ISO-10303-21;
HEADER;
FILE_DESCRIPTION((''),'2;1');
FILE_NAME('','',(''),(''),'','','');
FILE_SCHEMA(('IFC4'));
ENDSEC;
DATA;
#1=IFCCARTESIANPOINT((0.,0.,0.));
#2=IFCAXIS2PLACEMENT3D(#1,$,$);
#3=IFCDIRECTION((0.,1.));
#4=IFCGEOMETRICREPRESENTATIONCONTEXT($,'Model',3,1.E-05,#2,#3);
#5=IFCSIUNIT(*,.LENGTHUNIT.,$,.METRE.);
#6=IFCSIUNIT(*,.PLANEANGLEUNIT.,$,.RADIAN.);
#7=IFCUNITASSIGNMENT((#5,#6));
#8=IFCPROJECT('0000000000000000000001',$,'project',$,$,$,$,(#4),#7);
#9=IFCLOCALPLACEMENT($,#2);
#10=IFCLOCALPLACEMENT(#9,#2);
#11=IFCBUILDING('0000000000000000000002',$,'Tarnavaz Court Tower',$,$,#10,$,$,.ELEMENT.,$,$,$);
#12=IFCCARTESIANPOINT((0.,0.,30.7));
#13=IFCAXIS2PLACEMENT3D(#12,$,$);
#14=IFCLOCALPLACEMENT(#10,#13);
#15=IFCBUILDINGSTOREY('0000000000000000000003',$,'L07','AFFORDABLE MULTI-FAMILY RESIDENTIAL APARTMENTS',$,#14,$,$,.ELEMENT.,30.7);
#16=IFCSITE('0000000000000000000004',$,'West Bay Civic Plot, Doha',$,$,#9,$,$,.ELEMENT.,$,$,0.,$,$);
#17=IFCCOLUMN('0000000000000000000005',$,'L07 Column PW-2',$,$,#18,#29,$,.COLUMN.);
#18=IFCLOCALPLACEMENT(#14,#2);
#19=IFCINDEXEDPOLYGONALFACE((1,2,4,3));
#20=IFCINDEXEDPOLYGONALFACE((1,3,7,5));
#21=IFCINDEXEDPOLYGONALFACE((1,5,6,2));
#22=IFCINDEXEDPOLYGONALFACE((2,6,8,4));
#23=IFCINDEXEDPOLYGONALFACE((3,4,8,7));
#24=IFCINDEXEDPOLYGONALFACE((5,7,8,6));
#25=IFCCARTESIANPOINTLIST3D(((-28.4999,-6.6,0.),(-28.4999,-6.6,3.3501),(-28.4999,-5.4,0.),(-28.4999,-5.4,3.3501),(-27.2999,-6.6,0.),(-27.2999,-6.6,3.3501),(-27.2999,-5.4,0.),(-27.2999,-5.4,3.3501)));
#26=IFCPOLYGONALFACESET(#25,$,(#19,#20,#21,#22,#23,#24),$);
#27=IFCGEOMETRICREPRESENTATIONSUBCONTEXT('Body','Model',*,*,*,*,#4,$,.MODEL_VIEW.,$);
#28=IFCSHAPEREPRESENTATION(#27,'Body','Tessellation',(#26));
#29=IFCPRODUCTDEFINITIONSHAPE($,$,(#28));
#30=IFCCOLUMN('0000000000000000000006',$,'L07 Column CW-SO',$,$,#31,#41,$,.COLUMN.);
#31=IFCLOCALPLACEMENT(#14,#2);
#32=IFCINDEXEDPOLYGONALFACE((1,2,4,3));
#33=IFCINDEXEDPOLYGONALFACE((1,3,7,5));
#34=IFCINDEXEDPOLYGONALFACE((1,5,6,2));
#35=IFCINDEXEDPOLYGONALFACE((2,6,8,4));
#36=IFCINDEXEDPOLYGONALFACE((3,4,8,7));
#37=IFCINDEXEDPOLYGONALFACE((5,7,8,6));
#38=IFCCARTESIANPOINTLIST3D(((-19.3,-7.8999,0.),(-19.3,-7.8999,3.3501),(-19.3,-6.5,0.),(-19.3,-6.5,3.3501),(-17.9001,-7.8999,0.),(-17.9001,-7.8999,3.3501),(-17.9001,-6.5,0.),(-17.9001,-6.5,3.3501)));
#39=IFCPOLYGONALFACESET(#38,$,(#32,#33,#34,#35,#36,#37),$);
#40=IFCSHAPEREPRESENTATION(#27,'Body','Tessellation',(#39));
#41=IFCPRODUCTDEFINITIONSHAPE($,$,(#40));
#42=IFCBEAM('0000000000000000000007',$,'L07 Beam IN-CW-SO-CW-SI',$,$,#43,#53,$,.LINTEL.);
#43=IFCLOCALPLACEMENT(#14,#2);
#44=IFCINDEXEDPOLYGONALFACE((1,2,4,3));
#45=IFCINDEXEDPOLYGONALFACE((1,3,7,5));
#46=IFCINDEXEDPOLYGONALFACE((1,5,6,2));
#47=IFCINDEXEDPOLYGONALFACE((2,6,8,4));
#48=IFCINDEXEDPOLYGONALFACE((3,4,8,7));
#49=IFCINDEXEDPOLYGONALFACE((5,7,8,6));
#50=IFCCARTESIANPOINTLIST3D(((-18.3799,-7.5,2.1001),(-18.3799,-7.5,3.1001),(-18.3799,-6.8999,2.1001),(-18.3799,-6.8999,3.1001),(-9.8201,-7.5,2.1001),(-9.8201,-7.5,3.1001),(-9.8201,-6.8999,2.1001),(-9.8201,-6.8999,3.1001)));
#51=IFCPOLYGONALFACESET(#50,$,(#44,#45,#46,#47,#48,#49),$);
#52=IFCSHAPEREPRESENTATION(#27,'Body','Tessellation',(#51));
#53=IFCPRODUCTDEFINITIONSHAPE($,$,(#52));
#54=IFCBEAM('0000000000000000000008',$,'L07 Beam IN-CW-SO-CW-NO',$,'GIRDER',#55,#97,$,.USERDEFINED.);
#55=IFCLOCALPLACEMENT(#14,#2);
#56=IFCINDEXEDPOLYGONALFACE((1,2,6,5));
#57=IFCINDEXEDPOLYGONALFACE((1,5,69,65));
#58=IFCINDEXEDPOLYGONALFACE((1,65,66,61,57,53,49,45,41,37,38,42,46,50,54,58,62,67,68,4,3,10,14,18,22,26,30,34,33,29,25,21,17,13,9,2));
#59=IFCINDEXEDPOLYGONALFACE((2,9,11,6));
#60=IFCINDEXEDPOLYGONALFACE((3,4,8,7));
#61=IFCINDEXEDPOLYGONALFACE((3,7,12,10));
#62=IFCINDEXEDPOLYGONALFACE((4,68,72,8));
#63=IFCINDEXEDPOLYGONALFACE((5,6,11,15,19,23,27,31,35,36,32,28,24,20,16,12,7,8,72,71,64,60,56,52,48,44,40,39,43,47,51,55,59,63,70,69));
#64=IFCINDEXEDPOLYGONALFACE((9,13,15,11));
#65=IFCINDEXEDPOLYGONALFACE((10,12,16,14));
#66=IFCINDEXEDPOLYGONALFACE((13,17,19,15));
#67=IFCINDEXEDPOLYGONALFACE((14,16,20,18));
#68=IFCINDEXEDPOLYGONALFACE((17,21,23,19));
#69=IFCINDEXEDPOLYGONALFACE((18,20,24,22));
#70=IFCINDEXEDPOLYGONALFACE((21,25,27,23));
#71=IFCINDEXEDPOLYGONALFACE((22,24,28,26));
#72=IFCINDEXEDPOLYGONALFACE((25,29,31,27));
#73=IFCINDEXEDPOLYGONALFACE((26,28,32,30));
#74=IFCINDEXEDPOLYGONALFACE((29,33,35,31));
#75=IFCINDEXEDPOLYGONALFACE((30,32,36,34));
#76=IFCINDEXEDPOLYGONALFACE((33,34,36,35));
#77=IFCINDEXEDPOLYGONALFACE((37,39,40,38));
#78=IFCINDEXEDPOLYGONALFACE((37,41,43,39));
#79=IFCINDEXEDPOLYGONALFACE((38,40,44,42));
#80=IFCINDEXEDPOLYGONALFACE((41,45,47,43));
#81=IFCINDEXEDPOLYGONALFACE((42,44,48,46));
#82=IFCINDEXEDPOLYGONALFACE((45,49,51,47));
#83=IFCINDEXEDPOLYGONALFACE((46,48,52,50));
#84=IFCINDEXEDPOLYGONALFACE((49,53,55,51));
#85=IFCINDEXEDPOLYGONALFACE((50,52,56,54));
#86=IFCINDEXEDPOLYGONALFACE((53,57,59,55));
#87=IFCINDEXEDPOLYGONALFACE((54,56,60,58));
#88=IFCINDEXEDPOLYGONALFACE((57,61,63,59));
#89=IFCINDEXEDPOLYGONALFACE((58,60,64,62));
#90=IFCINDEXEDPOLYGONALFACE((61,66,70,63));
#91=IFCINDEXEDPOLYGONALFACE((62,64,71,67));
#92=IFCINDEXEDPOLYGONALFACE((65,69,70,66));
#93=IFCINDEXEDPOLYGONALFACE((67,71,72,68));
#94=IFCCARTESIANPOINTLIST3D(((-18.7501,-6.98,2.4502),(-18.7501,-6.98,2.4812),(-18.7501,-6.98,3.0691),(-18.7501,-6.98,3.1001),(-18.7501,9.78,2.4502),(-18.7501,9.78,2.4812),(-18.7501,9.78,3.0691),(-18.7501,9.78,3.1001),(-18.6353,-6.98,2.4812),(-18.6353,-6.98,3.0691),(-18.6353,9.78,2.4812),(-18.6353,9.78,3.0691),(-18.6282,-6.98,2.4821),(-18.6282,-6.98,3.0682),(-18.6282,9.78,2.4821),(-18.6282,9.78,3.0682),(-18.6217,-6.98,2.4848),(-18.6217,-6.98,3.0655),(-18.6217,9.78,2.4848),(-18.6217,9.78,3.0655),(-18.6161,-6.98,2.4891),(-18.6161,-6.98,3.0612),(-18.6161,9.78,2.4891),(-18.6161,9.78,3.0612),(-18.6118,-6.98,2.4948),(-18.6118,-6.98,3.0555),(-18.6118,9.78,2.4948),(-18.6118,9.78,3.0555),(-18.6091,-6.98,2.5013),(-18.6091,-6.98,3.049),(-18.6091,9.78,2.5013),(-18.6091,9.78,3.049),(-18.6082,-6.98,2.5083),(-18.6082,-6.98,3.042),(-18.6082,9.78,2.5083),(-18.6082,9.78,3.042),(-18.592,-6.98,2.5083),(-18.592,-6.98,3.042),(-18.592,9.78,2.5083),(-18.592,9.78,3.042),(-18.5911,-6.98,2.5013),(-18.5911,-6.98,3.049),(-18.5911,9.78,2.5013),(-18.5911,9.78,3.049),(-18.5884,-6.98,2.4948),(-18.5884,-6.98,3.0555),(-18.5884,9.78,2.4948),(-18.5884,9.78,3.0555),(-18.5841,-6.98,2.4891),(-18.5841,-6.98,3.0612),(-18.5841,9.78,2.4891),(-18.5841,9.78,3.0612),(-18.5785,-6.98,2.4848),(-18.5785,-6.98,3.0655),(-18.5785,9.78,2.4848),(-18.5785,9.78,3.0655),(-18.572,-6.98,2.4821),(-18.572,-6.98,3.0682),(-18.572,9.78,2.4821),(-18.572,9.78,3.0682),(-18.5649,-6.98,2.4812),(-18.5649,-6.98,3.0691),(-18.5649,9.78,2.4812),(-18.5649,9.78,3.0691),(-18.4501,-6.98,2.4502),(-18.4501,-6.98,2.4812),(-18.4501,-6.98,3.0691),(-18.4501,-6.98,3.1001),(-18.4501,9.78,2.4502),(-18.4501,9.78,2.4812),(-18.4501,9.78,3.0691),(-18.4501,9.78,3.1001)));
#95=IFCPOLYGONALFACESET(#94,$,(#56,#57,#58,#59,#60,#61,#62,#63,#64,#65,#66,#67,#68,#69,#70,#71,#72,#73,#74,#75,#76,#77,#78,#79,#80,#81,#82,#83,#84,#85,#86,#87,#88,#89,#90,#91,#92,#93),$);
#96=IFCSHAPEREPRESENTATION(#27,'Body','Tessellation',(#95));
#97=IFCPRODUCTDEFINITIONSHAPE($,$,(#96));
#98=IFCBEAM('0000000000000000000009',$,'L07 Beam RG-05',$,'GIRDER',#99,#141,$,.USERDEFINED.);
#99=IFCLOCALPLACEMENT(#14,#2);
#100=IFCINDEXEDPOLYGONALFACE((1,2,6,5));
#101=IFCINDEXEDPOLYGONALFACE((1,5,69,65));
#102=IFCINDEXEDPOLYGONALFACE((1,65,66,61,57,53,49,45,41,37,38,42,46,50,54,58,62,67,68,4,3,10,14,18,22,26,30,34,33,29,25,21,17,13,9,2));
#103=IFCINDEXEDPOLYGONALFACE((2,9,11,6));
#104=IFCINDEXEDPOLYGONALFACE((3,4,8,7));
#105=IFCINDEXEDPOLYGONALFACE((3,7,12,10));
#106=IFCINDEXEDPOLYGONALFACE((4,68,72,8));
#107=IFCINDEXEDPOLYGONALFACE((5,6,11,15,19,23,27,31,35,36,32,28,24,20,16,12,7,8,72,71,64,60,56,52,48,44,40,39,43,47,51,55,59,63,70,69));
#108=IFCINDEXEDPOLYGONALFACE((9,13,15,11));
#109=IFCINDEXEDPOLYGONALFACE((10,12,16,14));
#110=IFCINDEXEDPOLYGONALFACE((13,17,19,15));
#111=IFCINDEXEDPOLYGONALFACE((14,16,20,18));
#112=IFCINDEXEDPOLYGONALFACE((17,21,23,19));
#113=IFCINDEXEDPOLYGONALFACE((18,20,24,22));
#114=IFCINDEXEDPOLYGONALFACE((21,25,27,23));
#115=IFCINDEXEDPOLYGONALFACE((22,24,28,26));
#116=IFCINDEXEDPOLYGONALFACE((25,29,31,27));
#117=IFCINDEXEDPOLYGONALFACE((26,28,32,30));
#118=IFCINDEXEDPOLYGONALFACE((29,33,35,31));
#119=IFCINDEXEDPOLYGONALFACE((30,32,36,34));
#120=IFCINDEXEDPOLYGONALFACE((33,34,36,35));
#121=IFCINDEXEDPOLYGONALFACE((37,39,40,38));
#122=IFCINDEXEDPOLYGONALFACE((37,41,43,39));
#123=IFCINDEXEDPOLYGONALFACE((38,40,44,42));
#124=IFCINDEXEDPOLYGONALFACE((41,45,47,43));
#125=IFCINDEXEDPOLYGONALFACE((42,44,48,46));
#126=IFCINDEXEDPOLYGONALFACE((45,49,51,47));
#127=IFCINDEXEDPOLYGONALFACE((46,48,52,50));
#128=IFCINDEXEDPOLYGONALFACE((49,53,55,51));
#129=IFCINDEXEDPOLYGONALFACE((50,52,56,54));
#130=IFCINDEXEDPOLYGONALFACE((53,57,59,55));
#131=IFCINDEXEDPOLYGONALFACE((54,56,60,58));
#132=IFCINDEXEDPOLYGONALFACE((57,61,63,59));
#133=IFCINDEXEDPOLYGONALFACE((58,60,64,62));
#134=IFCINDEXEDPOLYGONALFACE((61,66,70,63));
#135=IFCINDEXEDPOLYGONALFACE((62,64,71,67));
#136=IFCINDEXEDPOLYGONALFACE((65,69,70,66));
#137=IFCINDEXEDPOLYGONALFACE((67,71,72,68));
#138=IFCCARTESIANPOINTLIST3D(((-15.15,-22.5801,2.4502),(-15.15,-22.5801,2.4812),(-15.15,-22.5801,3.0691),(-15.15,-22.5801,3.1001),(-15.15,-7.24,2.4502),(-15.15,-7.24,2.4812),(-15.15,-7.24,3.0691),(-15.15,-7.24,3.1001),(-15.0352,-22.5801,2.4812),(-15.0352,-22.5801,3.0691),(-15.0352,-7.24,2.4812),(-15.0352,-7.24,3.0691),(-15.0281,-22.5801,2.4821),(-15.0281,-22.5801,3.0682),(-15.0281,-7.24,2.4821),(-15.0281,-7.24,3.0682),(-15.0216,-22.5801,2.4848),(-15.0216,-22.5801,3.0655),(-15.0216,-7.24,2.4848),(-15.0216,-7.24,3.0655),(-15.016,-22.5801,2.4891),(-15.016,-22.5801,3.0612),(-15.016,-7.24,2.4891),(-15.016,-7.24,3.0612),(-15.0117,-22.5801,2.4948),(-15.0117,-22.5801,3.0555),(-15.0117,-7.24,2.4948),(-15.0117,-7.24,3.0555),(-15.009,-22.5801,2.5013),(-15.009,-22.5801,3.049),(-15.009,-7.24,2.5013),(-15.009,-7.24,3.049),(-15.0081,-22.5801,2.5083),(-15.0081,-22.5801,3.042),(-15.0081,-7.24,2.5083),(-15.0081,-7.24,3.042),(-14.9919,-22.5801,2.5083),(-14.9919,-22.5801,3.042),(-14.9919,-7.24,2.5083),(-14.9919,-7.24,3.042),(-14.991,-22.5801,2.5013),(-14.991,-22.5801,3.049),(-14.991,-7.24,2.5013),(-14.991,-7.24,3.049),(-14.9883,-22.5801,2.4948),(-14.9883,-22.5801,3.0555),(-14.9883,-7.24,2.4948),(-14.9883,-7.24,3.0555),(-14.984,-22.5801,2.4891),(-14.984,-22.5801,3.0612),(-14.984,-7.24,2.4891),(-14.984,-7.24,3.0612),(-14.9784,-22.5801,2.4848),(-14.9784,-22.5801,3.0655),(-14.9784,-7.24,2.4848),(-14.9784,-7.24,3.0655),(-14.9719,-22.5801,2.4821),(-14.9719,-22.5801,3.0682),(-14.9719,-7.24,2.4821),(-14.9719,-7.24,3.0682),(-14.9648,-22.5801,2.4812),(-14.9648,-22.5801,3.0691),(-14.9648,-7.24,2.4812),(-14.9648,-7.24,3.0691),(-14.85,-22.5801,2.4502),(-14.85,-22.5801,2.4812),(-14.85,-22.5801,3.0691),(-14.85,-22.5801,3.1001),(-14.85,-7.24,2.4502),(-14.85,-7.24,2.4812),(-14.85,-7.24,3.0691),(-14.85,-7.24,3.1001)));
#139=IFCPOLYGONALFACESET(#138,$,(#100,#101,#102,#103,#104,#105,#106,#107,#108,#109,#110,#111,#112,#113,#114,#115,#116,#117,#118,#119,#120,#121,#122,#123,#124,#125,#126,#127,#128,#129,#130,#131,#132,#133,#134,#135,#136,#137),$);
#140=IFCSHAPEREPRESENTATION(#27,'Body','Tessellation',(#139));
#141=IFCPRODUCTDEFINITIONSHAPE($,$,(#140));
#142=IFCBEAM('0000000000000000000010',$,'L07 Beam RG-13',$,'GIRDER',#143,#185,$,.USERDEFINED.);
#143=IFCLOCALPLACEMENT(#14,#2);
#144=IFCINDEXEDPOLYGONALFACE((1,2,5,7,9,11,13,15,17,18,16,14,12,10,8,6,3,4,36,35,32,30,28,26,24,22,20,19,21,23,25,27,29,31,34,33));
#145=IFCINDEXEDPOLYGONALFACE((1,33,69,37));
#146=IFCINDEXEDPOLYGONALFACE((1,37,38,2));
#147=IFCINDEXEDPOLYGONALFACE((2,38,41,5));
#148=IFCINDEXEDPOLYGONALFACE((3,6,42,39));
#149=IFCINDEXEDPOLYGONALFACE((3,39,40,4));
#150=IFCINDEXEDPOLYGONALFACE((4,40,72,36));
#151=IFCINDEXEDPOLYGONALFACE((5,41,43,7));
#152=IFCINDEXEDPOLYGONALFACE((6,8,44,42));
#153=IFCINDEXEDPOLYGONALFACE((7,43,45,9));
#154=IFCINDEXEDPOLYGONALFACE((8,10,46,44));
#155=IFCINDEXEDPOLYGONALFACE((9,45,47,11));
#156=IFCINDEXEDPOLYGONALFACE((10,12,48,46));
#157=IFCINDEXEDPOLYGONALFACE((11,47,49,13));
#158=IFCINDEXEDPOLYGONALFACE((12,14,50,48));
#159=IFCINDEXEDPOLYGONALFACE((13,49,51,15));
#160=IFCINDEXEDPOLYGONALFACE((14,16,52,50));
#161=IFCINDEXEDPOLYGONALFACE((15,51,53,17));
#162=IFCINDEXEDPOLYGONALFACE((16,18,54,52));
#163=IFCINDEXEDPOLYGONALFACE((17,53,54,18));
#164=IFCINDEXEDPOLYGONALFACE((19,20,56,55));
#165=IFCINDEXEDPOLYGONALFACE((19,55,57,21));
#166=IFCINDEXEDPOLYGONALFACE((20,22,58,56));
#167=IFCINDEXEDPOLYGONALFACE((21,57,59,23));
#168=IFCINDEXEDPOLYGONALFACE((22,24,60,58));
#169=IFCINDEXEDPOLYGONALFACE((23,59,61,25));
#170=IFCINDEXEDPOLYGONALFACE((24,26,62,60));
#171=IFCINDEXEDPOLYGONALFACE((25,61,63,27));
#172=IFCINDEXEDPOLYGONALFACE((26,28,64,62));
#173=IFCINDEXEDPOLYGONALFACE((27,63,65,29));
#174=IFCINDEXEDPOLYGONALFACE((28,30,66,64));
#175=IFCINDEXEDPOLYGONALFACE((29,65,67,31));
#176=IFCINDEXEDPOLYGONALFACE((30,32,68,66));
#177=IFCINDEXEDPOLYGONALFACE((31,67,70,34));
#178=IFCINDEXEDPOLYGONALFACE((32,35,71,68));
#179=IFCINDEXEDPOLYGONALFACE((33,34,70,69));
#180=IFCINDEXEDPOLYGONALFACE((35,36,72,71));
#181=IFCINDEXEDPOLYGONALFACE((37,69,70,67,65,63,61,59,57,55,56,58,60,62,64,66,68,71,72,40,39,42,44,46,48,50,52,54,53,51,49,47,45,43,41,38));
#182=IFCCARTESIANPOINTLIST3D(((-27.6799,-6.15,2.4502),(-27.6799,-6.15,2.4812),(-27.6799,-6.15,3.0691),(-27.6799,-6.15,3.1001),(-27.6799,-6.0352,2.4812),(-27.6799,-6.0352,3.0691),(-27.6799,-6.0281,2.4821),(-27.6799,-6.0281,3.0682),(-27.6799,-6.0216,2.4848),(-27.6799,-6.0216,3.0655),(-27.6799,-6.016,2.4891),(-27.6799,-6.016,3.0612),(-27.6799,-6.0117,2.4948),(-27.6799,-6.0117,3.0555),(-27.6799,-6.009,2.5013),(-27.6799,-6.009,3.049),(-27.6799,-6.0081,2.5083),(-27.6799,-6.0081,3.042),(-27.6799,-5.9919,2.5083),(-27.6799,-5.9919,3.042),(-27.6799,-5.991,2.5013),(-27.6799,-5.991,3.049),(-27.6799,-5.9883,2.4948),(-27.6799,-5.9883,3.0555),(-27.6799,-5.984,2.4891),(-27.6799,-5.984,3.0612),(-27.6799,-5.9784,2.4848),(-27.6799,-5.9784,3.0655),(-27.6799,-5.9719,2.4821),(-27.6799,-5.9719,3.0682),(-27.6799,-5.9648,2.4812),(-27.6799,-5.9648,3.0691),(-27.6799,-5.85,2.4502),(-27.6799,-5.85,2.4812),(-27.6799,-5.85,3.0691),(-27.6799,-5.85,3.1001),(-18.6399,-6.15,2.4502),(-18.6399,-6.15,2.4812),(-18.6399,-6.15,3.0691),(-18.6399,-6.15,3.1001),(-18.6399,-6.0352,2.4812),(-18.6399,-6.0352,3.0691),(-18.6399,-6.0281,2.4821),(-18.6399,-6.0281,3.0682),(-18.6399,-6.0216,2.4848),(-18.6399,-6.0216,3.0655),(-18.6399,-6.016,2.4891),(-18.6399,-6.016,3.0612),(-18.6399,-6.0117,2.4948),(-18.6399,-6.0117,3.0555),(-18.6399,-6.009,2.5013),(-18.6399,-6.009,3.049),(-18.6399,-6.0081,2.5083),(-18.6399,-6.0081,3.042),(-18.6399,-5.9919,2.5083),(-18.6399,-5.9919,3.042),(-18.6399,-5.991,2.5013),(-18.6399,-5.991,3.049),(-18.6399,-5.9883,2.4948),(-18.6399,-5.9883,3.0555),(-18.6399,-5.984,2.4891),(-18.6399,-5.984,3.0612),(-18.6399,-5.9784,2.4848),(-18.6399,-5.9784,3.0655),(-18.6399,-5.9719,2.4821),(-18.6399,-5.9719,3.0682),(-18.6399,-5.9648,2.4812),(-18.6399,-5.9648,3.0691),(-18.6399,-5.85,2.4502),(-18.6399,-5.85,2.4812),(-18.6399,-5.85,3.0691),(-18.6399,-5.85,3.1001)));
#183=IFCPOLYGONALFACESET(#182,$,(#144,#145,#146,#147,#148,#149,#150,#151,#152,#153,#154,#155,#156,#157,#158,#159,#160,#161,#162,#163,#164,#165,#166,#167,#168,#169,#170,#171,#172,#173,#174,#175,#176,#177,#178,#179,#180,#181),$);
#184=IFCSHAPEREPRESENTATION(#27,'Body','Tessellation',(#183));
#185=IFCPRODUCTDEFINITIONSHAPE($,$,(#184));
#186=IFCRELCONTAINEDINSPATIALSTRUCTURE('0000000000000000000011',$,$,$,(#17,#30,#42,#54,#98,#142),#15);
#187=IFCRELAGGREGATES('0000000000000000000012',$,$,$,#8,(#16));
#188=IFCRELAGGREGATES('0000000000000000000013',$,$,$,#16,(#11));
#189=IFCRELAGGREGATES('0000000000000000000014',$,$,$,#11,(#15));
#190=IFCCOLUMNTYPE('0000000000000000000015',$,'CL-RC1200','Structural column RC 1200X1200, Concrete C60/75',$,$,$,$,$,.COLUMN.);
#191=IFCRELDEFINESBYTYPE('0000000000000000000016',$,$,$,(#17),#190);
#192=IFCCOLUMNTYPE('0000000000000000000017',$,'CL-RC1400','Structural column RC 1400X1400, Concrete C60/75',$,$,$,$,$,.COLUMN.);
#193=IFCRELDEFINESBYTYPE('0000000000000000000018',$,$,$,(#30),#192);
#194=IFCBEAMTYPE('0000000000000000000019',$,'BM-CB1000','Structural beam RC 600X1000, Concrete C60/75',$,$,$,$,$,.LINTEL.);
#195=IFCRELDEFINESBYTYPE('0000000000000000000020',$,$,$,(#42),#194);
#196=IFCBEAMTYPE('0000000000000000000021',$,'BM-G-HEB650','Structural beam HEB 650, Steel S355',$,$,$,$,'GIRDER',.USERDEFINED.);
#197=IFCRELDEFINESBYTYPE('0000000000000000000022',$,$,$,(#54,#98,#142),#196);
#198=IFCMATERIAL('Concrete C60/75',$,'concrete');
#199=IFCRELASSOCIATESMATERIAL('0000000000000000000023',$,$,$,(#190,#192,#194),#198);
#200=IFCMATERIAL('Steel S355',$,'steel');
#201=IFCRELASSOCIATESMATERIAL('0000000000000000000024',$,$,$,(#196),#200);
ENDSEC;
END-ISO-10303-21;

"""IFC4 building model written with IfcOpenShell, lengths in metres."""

from ifc_helpers import new_model, si_unit, direction, frame, origin, origin_2d, place, context, subcontext, project, spatial, rectangle, i_section, extrude, material, material_profile, profile_set, type_object, element, save


model = new_model("IFC4")

# Units and contexts
model_context = context("Model", 3, precision=1e-05, world=origin(), true_north=direction((0.0, 1.0)))
body_context = subcontext(model_context, "Body", "Model", "MODEL_VIEW")
ifc_project = project(units=[si_unit("LENGTHUNIT", "METRE"), si_unit("PLANEANGLEUNIT", "RADIAN")], contexts=[model_context])

# Site, building, storey
site_placement = place(None, origin())
site = spatial("IfcSite", under=ifc_project, at=site_placement, Name="West Bay Civic Plot, Doha", CompositionType="ELEMENT", RefElevation=0.0)
building_placement = place(site_placement, origin())
building = spatial("IfcBuilding", under=site, at=building_placement, Name="Tarnavaz Court Tower", CompositionType="ELEMENT")
storey_placement = place(building_placement, frame((0.0, 0.0, 30.7)))
storey = spatial("IfcBuildingStorey", under=building, at=storey_placement, Name="L07", Description="AFFORDABLE MULTI-FAMILY RESIDENTIAL APARTMENTS", CompositionType="ELEMENT", Elevation=30.7)

# Columns
ifc_material_1 = material(Name="Concrete C60/75", Category="concrete")
ifc_material_profile_1 = material_profile(ifc_material_1, rectangle(XDim=1.2, YDim=1.2, at=origin_2d()), Name="RC 1200X1200")
ifc_profile_set_1 = profile_set([ifc_material_profile_1], Name="Concrete C60/75")
column_type_1 = type_object("IfcColumnType", Name="CL-RC1200", Description="Structural column RC 1200X1200, Concrete C60/75", PredefinedType="COLUMN", material=ifc_profile_set_1)
column_1_placement = place(storey_placement, frame((-27.8999, -6.0, 0.0), z_axis=(0.0, 0.0, 1.0), x_axis=(1.0, 0.0, 0.0)))
element("IfcColumn", 1, at=column_1_placement, inside=storey, type_object=column_type_1, Name="L07 Column PW-2", PredefinedType="COLUMN", context=body_context, shape_type="SweptSolid", body=[
    extrude(rectangle(XDim=1.2, YDim=1.2, at=origin_2d()), origin(), (0.0, 0.0, 1.0), 3.3501),
])
ifc_material_profile_2 = material_profile(ifc_material_1, rectangle(XDim=1.3999, YDim=1.3999, at=origin_2d()), Name="RC 1400X1400")
ifc_profile_set_2 = profile_set([ifc_material_profile_2], Name="Concrete C60/75")
column_type_2 = type_object("IfcColumnType", Name="CL-RC1400", Description="Structural column RC 1400X1400, Concrete C60/75", PredefinedType="COLUMN", material=ifc_profile_set_2)
column_2_placement = place(storey_placement, frame((-18.6001, -7.2, 0.0), z_axis=(0.0, 0.0, 1.0), x_axis=(1.0, 0.0, 0.0)))
element("IfcColumn", 2, at=column_2_placement, inside=storey, type_object=column_type_2, Name="L07 Column CW-SO", PredefinedType="COLUMN", context=body_context, shape_type="SweptSolid", body=[
    extrude(rectangle(XDim=1.3999, YDim=1.3999, at=origin_2d()), origin(), (0.0, 0.0, 1.0), 3.3501),
])

# Beams
ifc_material_profile_3 = material_profile(ifc_material_1, rectangle(XDim=0.6001, YDim=1.0, at=origin_2d()), Name="RC 600X1000")
ifc_profile_set_3 = profile_set([ifc_material_profile_3], Name="Concrete C60/75")
beam_type_1 = type_object("IfcBeamType", Name="BM-CB1000", Description="Structural beam RC 600X1000, Concrete C60/75", PredefinedType="LINTEL", material=ifc_profile_set_3)
beam_1_placement = place(storey_placement, frame((-18.3799, -7.2, 2.6001), z_axis=(1.0, 0.0, 0.0), x_axis=(0.0, 1.0, 0.0)))
element("IfcBeam", 3, at=beam_1_placement, inside=storey, type_object=beam_type_1, Name="L07 Beam IN-CW-SO-CW-SI", PredefinedType="LINTEL", context=body_context, shape_type="SweptSolid", body=[
    extrude(rectangle(XDim=0.6001, YDim=1.0, at=origin_2d()), origin(), (0.0, 0.0, 1.0), 8.5598),
])
ifc_material_2 = material(Name="Steel S355", Category="steel")
ifc_material_profile_4 = material_profile(ifc_material_2, i_section(OverallWidth=0.3, OverallDepth=0.6499, WebThickness=0.0161, FlangeThickness=0.031, FilletRadius=0.0271, at=origin_2d()), Name="HEB 650")
ifc_profile_set_4 = profile_set([ifc_material_profile_4], Name="Steel S355")
beam_type_2 = type_object("IfcBeamType", Name="BM-G-HEB650", Description="Structural beam HEB 650, Steel S355", ElementType="GIRDER", PredefinedType="USERDEFINED", material=ifc_profile_set_4)
beam_2_placement = place(storey_placement, frame((-18.6001, -6.98, 2.7751), z_axis=(0.0, 1.0, 0.0), x_axis=(-1.0, 0.0, 0.0)))
element("IfcBeam", 4, at=beam_2_placement, inside=storey, type_object=beam_type_2, Name="L07 Beam IN-CW-SO-CW-NO", ObjectType="GIRDER", PredefinedType="USERDEFINED", context=body_context, shape_type="SweptSolid", body=[
    extrude(i_section(OverallWidth=0.3, OverallDepth=0.6499, WebThickness=0.0161, FlangeThickness=0.031, FilletRadius=0.0271, at=origin_2d()), origin(), (0.0, 0.0, 1.0), 16.76),
])
beam_3_placement = place(storey_placement, frame((-15.0, -7.24, 2.7751), z_axis=(0.0, -1.0, 0.0), x_axis=(1.0, 0.0, 0.0)))
element("IfcBeam", 5, at=beam_3_placement, inside=storey, type_object=beam_type_2, Name="L07 Beam RG-05", ObjectType="GIRDER", PredefinedType="USERDEFINED", context=body_context, shape_type="SweptSolid", body=[
    extrude(i_section(OverallWidth=0.3, OverallDepth=0.6499, WebThickness=0.0161, FlangeThickness=0.031, FilletRadius=0.0271, at=origin_2d()), origin(), (0.0, 0.0, 1.0), 15.3401),
])
beam_4_placement = place(storey_placement, frame((-18.6399, -6.0, 2.7751), z_axis=(-1.0, 0.0, 0.0), x_axis=(0.0, -1.0, 0.0)))
element("IfcBeam", 6, at=beam_4_placement, inside=storey, type_object=beam_type_2, Name="L07 Beam RG-13", ObjectType="GIRDER", PredefinedType="USERDEFINED", context=body_context, shape_type="SweptSolid", body=[
    extrude(i_section(OverallWidth=0.3, OverallDepth=0.6499, WebThickness=0.0161, FlangeThickness=0.031, FilletRadius=0.0271, at=origin_2d()), origin(), (0.0, 0.0, 1.0), 9.04),
])

save(model, "model.ifc")
